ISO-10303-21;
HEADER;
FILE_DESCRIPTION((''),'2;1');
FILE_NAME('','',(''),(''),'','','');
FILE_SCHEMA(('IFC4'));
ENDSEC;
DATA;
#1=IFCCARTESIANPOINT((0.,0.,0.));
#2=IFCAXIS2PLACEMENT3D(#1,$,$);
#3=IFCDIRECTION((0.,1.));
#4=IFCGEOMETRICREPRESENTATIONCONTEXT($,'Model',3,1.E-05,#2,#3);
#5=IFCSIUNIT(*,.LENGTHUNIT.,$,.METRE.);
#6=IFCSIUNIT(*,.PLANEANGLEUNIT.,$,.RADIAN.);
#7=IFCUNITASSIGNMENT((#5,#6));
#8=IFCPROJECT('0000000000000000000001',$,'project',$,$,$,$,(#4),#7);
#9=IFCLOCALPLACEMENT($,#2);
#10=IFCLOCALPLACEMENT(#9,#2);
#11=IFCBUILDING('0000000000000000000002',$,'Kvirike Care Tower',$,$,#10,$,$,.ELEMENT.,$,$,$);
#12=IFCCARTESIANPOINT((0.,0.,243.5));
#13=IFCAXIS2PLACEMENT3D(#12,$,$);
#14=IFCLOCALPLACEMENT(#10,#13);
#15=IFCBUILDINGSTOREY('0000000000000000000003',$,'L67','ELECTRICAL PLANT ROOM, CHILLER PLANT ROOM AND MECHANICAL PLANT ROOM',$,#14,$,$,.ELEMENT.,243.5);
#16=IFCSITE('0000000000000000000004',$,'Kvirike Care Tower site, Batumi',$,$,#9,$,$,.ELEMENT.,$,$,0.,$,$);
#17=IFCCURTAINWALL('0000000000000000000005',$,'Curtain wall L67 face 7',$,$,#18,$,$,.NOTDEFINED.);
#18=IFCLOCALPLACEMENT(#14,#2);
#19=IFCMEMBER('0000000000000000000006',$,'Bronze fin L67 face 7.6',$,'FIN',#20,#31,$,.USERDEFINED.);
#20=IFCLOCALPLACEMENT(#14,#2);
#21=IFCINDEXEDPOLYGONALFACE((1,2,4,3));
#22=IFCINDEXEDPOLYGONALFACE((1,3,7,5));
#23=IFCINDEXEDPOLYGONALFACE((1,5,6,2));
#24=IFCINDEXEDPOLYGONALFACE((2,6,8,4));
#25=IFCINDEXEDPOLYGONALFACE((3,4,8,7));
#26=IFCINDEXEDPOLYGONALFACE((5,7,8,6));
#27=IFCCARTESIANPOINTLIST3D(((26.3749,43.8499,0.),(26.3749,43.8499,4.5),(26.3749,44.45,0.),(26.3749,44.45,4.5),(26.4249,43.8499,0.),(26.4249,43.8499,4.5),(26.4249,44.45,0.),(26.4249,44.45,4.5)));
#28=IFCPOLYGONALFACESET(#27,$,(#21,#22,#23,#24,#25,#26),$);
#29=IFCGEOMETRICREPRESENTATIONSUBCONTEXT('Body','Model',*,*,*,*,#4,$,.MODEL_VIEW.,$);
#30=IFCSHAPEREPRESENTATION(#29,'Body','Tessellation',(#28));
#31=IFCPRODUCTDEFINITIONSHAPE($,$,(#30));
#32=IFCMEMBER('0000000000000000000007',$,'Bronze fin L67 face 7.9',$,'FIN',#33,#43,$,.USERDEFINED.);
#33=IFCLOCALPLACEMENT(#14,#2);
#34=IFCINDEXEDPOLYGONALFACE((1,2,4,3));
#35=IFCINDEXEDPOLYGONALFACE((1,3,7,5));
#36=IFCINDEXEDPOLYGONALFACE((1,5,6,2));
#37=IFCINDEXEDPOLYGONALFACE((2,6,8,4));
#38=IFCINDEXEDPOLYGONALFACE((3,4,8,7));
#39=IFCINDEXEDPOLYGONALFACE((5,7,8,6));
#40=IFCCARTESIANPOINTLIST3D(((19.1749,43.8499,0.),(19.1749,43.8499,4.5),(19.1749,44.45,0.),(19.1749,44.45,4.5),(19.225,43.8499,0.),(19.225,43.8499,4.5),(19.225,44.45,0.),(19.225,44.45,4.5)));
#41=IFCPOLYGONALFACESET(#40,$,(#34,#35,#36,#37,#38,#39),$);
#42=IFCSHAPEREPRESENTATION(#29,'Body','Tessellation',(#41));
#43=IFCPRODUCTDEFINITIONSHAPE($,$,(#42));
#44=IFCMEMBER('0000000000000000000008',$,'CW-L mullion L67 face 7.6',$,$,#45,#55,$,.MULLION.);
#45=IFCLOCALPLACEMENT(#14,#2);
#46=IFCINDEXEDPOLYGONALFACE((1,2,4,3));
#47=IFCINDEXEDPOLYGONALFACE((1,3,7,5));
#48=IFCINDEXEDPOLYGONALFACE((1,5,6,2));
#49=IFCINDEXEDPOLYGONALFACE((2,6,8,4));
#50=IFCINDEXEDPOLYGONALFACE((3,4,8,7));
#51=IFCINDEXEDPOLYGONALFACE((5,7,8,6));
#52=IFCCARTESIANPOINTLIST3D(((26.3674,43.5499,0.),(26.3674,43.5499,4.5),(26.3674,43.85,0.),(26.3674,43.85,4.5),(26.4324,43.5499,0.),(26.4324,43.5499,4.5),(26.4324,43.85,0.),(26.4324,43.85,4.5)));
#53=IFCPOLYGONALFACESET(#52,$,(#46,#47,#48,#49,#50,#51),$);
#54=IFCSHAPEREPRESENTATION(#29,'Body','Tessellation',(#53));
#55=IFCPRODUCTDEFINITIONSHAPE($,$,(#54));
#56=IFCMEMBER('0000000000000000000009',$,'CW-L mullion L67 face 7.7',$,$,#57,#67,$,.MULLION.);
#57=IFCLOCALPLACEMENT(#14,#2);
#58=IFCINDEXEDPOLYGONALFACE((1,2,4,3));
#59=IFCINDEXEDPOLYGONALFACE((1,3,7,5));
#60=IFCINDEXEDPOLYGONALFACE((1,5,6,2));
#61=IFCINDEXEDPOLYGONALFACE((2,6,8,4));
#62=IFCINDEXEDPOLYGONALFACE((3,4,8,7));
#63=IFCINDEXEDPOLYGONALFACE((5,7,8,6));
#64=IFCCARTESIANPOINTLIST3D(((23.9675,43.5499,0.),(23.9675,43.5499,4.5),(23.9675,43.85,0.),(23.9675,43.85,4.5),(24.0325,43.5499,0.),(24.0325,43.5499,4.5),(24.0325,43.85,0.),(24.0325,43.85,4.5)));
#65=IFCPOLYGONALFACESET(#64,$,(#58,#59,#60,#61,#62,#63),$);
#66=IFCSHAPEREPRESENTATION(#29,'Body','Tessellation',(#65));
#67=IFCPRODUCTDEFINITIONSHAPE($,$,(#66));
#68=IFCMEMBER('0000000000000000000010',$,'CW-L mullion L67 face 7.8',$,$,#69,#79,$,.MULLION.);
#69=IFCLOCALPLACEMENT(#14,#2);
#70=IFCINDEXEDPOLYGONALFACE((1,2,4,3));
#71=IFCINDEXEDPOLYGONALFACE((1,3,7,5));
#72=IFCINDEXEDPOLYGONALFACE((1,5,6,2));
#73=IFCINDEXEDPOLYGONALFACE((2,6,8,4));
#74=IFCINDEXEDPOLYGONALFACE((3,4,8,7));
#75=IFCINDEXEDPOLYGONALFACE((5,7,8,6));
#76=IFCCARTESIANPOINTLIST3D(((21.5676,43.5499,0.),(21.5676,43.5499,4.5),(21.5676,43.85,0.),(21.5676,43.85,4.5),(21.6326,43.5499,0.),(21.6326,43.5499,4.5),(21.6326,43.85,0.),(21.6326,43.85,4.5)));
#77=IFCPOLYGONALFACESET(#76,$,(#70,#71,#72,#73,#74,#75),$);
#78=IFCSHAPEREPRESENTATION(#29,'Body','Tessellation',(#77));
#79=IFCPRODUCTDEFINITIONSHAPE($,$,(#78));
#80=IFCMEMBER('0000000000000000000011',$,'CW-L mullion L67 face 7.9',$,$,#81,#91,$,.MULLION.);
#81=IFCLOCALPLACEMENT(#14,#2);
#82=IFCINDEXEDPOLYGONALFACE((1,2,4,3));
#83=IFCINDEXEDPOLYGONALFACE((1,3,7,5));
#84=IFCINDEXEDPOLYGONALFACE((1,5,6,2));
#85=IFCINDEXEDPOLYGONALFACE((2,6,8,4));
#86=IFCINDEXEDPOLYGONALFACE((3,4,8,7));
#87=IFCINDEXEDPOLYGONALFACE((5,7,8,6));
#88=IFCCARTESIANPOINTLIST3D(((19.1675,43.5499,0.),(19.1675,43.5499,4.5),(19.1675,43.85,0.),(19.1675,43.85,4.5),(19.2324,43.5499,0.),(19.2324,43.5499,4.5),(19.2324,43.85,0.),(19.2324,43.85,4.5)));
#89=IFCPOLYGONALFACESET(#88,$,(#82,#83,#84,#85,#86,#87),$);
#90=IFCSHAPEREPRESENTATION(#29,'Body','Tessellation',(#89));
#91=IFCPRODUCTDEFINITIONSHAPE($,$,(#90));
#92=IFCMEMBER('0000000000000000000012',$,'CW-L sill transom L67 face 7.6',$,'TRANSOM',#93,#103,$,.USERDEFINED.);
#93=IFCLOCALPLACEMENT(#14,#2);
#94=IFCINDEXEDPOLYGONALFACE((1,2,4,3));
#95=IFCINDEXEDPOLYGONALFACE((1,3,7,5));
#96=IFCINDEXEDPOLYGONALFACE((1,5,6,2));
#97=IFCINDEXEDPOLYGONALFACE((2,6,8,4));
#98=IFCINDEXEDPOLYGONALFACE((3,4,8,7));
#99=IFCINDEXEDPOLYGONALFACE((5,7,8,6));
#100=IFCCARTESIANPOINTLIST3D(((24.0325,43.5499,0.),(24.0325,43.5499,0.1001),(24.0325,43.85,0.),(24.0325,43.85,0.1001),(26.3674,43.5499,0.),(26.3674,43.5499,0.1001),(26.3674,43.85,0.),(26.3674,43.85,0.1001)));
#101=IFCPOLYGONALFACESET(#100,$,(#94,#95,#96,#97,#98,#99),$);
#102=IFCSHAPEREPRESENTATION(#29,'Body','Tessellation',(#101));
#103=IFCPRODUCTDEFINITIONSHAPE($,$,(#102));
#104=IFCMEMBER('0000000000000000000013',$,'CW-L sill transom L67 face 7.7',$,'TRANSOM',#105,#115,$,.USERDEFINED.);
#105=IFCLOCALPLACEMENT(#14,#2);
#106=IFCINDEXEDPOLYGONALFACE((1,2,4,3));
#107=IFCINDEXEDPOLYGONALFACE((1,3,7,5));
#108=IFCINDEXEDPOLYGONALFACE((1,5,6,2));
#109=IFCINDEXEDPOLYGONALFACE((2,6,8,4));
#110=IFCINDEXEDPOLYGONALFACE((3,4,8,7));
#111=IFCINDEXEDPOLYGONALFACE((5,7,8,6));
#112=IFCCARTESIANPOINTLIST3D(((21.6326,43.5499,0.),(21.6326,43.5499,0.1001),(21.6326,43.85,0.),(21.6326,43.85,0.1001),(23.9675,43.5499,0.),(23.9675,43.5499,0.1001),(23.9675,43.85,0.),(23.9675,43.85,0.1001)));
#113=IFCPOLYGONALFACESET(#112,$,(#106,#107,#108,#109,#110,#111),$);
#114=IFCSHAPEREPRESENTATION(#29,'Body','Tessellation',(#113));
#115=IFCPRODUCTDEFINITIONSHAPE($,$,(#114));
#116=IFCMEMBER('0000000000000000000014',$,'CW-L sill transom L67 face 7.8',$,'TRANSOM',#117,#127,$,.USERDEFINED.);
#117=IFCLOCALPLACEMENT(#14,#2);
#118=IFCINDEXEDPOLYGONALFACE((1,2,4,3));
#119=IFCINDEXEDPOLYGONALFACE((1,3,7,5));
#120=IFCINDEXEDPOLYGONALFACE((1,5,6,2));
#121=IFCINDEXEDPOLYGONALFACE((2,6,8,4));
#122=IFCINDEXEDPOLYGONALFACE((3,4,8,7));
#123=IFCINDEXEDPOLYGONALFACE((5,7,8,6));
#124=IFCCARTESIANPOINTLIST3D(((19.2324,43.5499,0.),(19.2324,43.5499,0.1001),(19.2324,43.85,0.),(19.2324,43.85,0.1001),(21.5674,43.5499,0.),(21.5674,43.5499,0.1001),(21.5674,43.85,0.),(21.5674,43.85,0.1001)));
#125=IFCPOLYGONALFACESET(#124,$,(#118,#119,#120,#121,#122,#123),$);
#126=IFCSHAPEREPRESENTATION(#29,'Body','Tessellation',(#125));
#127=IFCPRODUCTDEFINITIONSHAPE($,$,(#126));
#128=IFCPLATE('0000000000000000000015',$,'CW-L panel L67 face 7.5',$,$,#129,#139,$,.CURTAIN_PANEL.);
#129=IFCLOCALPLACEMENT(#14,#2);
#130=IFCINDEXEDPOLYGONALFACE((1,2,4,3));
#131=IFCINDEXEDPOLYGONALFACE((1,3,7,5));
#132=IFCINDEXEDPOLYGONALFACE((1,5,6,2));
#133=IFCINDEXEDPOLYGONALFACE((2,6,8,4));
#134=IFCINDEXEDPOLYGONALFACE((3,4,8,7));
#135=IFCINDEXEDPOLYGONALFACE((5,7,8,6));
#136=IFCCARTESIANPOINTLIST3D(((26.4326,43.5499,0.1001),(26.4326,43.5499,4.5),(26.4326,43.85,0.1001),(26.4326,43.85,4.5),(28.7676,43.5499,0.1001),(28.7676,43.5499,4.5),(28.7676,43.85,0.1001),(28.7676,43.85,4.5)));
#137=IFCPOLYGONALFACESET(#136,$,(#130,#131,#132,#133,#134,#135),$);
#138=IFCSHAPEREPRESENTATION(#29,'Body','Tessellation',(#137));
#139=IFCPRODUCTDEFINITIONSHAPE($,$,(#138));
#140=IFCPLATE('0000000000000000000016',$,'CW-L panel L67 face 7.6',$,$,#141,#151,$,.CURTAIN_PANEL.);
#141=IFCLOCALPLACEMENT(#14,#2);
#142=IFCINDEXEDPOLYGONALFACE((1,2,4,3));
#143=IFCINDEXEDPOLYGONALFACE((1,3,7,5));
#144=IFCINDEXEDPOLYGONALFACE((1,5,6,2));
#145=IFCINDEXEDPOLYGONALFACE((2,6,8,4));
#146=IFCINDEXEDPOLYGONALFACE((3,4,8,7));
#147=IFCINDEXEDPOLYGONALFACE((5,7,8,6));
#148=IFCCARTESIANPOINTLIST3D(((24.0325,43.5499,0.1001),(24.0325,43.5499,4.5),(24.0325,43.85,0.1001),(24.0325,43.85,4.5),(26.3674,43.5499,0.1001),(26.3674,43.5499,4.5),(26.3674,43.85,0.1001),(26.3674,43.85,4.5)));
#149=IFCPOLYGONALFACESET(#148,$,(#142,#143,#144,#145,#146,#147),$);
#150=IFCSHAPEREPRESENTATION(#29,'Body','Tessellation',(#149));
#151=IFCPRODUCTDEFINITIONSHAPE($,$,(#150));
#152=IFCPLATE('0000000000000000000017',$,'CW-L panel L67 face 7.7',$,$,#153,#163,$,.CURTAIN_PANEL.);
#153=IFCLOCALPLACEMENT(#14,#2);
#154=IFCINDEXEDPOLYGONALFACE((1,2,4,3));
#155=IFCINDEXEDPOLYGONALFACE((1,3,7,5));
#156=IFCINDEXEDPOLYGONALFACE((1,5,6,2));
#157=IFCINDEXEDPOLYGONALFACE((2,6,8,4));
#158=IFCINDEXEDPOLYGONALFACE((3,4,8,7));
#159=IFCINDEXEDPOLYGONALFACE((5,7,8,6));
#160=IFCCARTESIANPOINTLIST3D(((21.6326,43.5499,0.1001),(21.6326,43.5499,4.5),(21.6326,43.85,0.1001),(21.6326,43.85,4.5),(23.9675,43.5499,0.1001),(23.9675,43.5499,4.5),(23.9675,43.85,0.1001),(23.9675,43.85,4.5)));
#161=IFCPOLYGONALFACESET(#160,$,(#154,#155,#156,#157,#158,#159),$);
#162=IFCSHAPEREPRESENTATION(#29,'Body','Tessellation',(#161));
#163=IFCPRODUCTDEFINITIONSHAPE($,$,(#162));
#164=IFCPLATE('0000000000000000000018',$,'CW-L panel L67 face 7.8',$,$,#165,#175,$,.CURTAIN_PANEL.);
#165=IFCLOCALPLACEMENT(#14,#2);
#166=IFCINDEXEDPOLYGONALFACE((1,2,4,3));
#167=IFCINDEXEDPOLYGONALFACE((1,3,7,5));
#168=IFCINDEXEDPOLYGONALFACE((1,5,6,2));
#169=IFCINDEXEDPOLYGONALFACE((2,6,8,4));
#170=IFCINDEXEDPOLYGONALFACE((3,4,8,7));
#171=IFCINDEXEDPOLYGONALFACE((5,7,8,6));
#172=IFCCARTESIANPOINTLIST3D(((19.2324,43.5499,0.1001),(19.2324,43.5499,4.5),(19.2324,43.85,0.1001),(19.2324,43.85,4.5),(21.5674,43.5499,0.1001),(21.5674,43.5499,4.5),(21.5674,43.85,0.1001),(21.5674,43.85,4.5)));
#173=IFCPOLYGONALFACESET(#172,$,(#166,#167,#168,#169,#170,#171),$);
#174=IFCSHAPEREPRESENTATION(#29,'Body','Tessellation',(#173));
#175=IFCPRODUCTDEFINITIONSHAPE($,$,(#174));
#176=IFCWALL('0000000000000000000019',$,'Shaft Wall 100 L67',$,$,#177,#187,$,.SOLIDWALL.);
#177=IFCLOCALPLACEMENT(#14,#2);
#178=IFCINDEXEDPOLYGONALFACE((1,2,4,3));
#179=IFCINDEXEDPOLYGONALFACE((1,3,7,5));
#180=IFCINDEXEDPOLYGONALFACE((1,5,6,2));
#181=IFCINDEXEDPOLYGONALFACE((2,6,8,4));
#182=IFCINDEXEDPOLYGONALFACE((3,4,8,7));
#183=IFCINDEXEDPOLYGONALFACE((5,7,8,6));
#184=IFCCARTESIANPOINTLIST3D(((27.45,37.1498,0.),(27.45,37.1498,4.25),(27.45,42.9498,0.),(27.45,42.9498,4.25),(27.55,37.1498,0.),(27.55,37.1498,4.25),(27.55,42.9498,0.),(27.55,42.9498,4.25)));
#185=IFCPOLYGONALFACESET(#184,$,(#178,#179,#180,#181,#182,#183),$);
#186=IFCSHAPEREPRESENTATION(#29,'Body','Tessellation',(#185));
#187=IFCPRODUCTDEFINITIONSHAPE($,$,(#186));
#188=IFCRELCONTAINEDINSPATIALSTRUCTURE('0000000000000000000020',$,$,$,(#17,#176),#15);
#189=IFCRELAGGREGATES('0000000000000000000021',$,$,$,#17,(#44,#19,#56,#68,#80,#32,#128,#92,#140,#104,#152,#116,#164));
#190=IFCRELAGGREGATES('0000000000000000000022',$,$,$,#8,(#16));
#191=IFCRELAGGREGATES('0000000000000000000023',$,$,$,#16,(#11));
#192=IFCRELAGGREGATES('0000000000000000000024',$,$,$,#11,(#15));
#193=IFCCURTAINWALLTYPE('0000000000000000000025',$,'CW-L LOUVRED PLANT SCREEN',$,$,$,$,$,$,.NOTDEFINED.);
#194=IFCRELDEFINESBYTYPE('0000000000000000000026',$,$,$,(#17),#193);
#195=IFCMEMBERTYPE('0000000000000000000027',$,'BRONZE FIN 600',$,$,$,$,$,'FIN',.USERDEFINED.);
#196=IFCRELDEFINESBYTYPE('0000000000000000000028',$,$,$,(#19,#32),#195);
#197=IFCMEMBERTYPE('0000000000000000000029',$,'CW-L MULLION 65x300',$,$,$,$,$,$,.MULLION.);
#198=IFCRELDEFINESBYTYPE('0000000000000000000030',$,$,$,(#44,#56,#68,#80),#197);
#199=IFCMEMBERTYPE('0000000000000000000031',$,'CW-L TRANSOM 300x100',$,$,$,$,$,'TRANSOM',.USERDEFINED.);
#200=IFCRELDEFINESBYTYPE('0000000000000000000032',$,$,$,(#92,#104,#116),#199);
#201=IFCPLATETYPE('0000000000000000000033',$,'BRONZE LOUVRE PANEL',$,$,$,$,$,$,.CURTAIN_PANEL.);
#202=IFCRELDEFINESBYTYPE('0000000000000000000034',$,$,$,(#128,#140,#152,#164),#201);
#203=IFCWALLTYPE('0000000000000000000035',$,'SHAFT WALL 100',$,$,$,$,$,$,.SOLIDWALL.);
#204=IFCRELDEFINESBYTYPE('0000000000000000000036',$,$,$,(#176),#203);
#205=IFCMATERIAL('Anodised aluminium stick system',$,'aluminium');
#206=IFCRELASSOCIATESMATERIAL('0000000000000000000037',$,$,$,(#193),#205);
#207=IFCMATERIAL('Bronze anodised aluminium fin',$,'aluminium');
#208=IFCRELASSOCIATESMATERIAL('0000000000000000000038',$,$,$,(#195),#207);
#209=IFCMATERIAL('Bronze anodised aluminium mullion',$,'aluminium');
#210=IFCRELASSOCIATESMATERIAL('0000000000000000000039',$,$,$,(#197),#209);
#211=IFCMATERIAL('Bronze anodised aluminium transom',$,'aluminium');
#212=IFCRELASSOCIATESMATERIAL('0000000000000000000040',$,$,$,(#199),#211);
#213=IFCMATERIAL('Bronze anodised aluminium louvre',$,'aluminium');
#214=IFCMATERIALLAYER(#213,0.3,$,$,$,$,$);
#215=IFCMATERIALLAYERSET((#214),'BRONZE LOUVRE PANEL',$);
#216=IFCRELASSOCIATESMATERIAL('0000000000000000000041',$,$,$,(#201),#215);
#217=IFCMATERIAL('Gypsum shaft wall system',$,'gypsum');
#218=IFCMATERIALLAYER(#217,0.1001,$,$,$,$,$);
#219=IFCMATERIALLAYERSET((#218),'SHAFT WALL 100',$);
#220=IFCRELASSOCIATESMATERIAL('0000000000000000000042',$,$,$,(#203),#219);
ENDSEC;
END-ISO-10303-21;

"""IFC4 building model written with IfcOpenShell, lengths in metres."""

from ifc_helpers import new_model, si_unit, direction, frame, frame_2d, origin, origin_2d, place, context, subcontext, project, spatial, rectangle, extrude, material, layer, layer_set, material_profile, profile_set, type_object, element, aggregate, save


model = new_model("IFC4")

# Units and contexts
model_context = context("Model", 3, precision=1e-05, world=origin(), true_north=direction((0.0, 1.0)))
body_context = subcontext(model_context, "Body", "Model", "MODEL_VIEW")
ifc_project = project(units=[si_unit("LENGTHUNIT", "METRE"), si_unit("PLANEANGLEUNIT", "RADIAN")], contexts=[model_context])

# Site, building, storey
site_placement = place(None, origin())
site = spatial("IfcSite", under=ifc_project, at=site_placement, Name="Kvirike Care Tower site, Batumi", CompositionType="ELEMENT", RefElevation=0.0)
building_placement = place(site_placement, origin())
building = spatial("IfcBuilding", under=site, at=building_placement, Name="Kvirike Care Tower", CompositionType="ELEMENT")
storey_placement = place(building_placement, frame((0.0, 0.0, 243.5)))
storey = spatial("IfcBuildingStorey", under=building, at=storey_placement, Name="L67", Description="ELECTRICAL PLANT ROOM, CHILLER PLANT ROOM AND MECHANICAL PLANT ROOM", CompositionType="ELEMENT", Elevation=243.5)

# Curtain wall, members, plates
ifc_material_1 = material(Name="Anodised aluminium stick system", Category="aluminium")
curtain_wall_type = type_object("IfcCurtainWallType", Name="CW-L LOUVRED PLANT SCREEN", PredefinedType="NOTDEFINED", material=ifc_material_1)
curtain_wall_placement = place(storey_placement, origin())
curtain_wall = element("IfcCurtainWall", 1, at=curtain_wall_placement, inside=storey, type_object=curtain_wall_type, Name="Curtain wall L67 face 7", PredefinedType="NOTDEFINED")
ifc_material_2 = material(Name="Bronze anodised aluminium fin", Category="aluminium")
ifc_material_profile_1 = material_profile(ifc_material_2, rectangle(XDim=0.05, YDim=0.6001, at=origin_2d()), Name="BRONZE FIN 600")
ifc_profile_set_1 = profile_set([ifc_material_profile_1], Name="Bronze anodised aluminium fin")
member_type_1 = type_object("IfcMemberType", Name="BRONZE FIN 600", ElementType="FIN", PredefinedType="USERDEFINED", material=ifc_profile_set_1)
member_1_placement = place(storey_placement, frame((26.3999, 44.1499, 0.0), z_axis=(0.0, 0.0, 1.0), x_axis=(-1.0, 0.0, 0.0)))
member_1 = element("IfcMember", 2, at=member_1_placement, type_object=member_type_1, Name="Bronze fin L67 face 7.6", ObjectType="FIN", PredefinedType="USERDEFINED", context=body_context, shape_type="SweptSolid", body=[
    extrude(rectangle(XDim=0.05, YDim=0.6001, at=origin_2d()), origin(), (0.0, 0.0, 1.0), 4.5),
])
member_2_placement = place(storey_placement, frame((19.2, 44.1499, 0.0), z_axis=(0.0, 0.0, 1.0), x_axis=(-1.0, 0.0, 0.0)))
member_2 = element("IfcMember", 3, at=member_2_placement, type_object=member_type_1, Name="Bronze fin L67 face 7.9", ObjectType="FIN", PredefinedType="USERDEFINED", context=body_context, shape_type="SweptSolid", body=[
    extrude(rectangle(XDim=0.05, YDim=0.6001, at=origin_2d()), origin(), (0.0, 0.0, 1.0), 4.5),
])
ifc_material_3 = material(Name="Bronze anodised aluminium mullion", Category="aluminium")
ifc_material_profile_2 = material_profile(ifc_material_3, rectangle(XDim=0.0649, YDim=0.3, at=origin_2d()), Name="CW-L MULLION 65x300")
ifc_profile_set_2 = profile_set([ifc_material_profile_2], Name="Bronze anodised aluminium mullion")
member_type_2 = type_object("IfcMemberType", Name="CW-L MULLION 65x300", PredefinedType="MULLION", material=ifc_profile_set_2)
member_3_placement = place(storey_placement, frame((26.3999, 43.7, 0.0), z_axis=(0.0, 0.0, 1.0), x_axis=(-1.0, 0.0, 0.0)))
member_3 = element("IfcMember", 4, at=member_3_placement, type_object=member_type_2, Name="CW-L mullion L67 face 7.6", PredefinedType="MULLION", context=body_context, shape_type="SweptSolid", body=[
    extrude(rectangle(XDim=0.0649, YDim=0.3, at=origin_2d()), origin(), (0.0, 0.0, 1.0), 4.5),
])
member_4_placement = place(storey_placement, frame((24.0, 43.7, 0.0), z_axis=(0.0, 0.0, 1.0), x_axis=(-1.0, 0.0, 0.0)))
member_4 = element("IfcMember", 5, at=member_4_placement, type_object=member_type_2, Name="CW-L mullion L67 face 7.7", PredefinedType="MULLION", context=body_context, shape_type="SweptSolid", body=[
    extrude(rectangle(XDim=0.0649, YDim=0.3, at=origin_2d()), origin(), (0.0, 0.0, 1.0), 4.5),
])
member_5_placement = place(storey_placement, frame((21.6001, 43.7, 0.0), z_axis=(0.0, 0.0, 1.0), x_axis=(-1.0, 0.0, 0.0)))
member_5 = element("IfcMember", 6, at=member_5_placement, type_object=member_type_2, Name="CW-L mullion L67 face 7.8", PredefinedType="MULLION", context=body_context, shape_type="SweptSolid", body=[
    extrude(rectangle(XDim=0.0649, YDim=0.3, at=origin_2d()), origin(), (0.0, 0.0, 1.0), 4.5),
])
member_6_placement = place(storey_placement, frame((19.2, 43.7, 0.0), z_axis=(0.0, 0.0, 1.0), x_axis=(-1.0, 0.0, 0.0)))
member_6 = element("IfcMember", 7, at=member_6_placement, type_object=member_type_2, Name="CW-L mullion L67 face 7.9", PredefinedType="MULLION", context=body_context, shape_type="SweptSolid", body=[
    extrude(rectangle(XDim=0.0649, YDim=0.3, at=origin_2d()), origin(), (0.0, 0.0, 1.0), 4.5),
])
ifc_material_4 = material(Name="Bronze anodised aluminium transom", Category="aluminium")
ifc_material_profile_3 = material_profile(ifc_material_4, rectangle(XDim=0.3, YDim=0.1001, at=origin_2d()), Name="CW-L TRANSOM 300x100")
ifc_profile_set_3 = profile_set([ifc_material_profile_3], Name="Bronze anodised aluminium transom")
member_type_3 = type_object("IfcMemberType", Name="CW-L TRANSOM 300x100", ElementType="TRANSOM", PredefinedType="USERDEFINED", material=ifc_profile_set_3)
member_7_placement = place(storey_placement, frame((26.3674, 43.7, 0.05), z_axis=(-1.0, 0.0, 0.0), x_axis=(0.0, -1.0, 0.0)))
member_7 = element("IfcMember", 8, at=member_7_placement, type_object=member_type_3, Name="CW-L sill transom L67 face 7.6", ObjectType="TRANSOM", PredefinedType="USERDEFINED", context=body_context, shape_type="SweptSolid", body=[
    extrude(rectangle(XDim=0.3, YDim=0.1001, at=origin_2d()), origin(), (0.0, 0.0, 1.0), 2.335),
])
member_8_placement = place(storey_placement, frame((23.9675, 43.7, 0.05), z_axis=(-1.0, 0.0, 0.0), x_axis=(0.0, -1.0, 0.0)))
member_8 = element("IfcMember", 9, at=member_8_placement, type_object=member_type_3, Name="CW-L sill transom L67 face 7.7", ObjectType="TRANSOM", PredefinedType="USERDEFINED", context=body_context, shape_type="SweptSolid", body=[
    extrude(rectangle(XDim=0.3, YDim=0.1001, at=origin_2d()), origin(), (0.0, 0.0, 1.0), 2.335),
])
member_9_placement = place(storey_placement, frame((21.5674, 43.7, 0.05), z_axis=(-1.0, 0.0, 0.0), x_axis=(0.0, -1.0, 0.0)))
member_9 = element("IfcMember", 10, at=member_9_placement, type_object=member_type_3, Name="CW-L sill transom L67 face 7.8", ObjectType="TRANSOM", PredefinedType="USERDEFINED", context=body_context, shape_type="SweptSolid", body=[
    extrude(rectangle(XDim=0.3, YDim=0.1001, at=origin_2d()), origin(), (0.0, 0.0, 1.0), 2.335),
])
ifc_material_5 = material(Name="Bronze anodised aluminium louvre", Category="aluminium")
ifc_layer_1 = layer(ifc_material_5, 0.3)
ifc_layer_set_1 = layer_set([ifc_layer_1], Name="BRONZE LOUVRE PANEL")
plate_type = type_object("IfcPlateType", Name="BRONZE LOUVRE PANEL", PredefinedType="CURTAIN_PANEL", material=ifc_layer_set_1)
plate_1_placement = place(storey_placement, frame((27.6001, 43.7, 0.1001), z_axis=(0.0, 0.0, 1.0), x_axis=(-1.0, 0.0, 0.0)))
plate_1 = element("IfcPlate", 11, at=plate_1_placement, type_object=plate_type, Name="CW-L panel L67 face 7.5", PredefinedType="CURTAIN_PANEL", context=body_context, shape_type="SweptSolid", body=[
    extrude(rectangle(XDim=2.335, YDim=0.3, at=origin_2d()), origin(), (0.0, 0.0, 1.0), 4.3999),
])
plate_2_placement = place(storey_placement, frame((25.2, 43.7, 0.1001), z_axis=(0.0, 0.0, 1.0), x_axis=(-1.0, 0.0, 0.0)))
plate_2 = element("IfcPlate", 12, at=plate_2_placement, type_object=plate_type, Name="CW-L panel L67 face 7.6", PredefinedType="CURTAIN_PANEL", context=body_context, shape_type="SweptSolid", body=[
    extrude(rectangle(XDim=2.335, YDim=0.3, at=origin_2d()), origin(), (0.0, 0.0, 1.0), 4.3999),
])
plate_3_placement = place(storey_placement, frame((22.8, 43.7, 0.1001), z_axis=(0.0, 0.0, 1.0), x_axis=(-1.0, 0.0, 0.0)))
plate_3 = element("IfcPlate", 13, at=plate_3_placement, type_object=plate_type, Name="CW-L panel L67 face 7.7", PredefinedType="CURTAIN_PANEL", context=body_context, shape_type="SweptSolid", body=[
    extrude(rectangle(XDim=2.335, YDim=0.3, at=origin_2d()), origin(), (0.0, 0.0, 1.0), 4.3999),
])
plate_4_placement = place(storey_placement, frame((20.3999, 43.7, 0.1001), z_axis=(0.0, 0.0, 1.0), x_axis=(-1.0, 0.0, 0.0)))
plate_4 = element("IfcPlate", 14, at=plate_4_placement, type_object=plate_type, Name="CW-L panel L67 face 7.8", PredefinedType="CURTAIN_PANEL", context=body_context, shape_type="SweptSolid", body=[
    extrude(rectangle(XDim=2.335, YDim=0.3, at=origin_2d()), origin(), (0.0, 0.0, 1.0), 4.3999),
])
aggregate(curtain_wall, [member_3, member_1, member_4, member_5, member_6, member_2, plate_1, member_7, plate_2, member_8, plate_3, member_9, plate_4])

# Wall
ifc_material_6 = material(Name="Gypsum shaft wall system", Category="gypsum")
ifc_layer_2 = layer(ifc_material_6, 0.1001)
ifc_layer_set_2 = layer_set([ifc_layer_2], Name="SHAFT WALL 100")
wall_type = type_object("IfcWallType", Name="SHAFT WALL 100", PredefinedType="SOLIDWALL", material=ifc_layer_set_2)
wall_1_placement = place(storey_placement, frame((27.5, 37.1499, 0.0), z_axis=(0.0, 0.0, 1.0), x_axis=(0.0, 1.0, 0.0)))
element("IfcWall", 15, at=wall_1_placement, inside=storey, type_object=wall_type, Name="Shaft Wall 100 L67", PredefinedType="SOLIDWALL", context=body_context, shape_type="SweptSolid", body=[
    extrude(rectangle(XDim=5.8, YDim=0.1001, at=frame_2d((2.8999, 0.0))), origin(), (0.0, 0.0, 1.0), 4.25),
])

save(model, "model.ifc")
